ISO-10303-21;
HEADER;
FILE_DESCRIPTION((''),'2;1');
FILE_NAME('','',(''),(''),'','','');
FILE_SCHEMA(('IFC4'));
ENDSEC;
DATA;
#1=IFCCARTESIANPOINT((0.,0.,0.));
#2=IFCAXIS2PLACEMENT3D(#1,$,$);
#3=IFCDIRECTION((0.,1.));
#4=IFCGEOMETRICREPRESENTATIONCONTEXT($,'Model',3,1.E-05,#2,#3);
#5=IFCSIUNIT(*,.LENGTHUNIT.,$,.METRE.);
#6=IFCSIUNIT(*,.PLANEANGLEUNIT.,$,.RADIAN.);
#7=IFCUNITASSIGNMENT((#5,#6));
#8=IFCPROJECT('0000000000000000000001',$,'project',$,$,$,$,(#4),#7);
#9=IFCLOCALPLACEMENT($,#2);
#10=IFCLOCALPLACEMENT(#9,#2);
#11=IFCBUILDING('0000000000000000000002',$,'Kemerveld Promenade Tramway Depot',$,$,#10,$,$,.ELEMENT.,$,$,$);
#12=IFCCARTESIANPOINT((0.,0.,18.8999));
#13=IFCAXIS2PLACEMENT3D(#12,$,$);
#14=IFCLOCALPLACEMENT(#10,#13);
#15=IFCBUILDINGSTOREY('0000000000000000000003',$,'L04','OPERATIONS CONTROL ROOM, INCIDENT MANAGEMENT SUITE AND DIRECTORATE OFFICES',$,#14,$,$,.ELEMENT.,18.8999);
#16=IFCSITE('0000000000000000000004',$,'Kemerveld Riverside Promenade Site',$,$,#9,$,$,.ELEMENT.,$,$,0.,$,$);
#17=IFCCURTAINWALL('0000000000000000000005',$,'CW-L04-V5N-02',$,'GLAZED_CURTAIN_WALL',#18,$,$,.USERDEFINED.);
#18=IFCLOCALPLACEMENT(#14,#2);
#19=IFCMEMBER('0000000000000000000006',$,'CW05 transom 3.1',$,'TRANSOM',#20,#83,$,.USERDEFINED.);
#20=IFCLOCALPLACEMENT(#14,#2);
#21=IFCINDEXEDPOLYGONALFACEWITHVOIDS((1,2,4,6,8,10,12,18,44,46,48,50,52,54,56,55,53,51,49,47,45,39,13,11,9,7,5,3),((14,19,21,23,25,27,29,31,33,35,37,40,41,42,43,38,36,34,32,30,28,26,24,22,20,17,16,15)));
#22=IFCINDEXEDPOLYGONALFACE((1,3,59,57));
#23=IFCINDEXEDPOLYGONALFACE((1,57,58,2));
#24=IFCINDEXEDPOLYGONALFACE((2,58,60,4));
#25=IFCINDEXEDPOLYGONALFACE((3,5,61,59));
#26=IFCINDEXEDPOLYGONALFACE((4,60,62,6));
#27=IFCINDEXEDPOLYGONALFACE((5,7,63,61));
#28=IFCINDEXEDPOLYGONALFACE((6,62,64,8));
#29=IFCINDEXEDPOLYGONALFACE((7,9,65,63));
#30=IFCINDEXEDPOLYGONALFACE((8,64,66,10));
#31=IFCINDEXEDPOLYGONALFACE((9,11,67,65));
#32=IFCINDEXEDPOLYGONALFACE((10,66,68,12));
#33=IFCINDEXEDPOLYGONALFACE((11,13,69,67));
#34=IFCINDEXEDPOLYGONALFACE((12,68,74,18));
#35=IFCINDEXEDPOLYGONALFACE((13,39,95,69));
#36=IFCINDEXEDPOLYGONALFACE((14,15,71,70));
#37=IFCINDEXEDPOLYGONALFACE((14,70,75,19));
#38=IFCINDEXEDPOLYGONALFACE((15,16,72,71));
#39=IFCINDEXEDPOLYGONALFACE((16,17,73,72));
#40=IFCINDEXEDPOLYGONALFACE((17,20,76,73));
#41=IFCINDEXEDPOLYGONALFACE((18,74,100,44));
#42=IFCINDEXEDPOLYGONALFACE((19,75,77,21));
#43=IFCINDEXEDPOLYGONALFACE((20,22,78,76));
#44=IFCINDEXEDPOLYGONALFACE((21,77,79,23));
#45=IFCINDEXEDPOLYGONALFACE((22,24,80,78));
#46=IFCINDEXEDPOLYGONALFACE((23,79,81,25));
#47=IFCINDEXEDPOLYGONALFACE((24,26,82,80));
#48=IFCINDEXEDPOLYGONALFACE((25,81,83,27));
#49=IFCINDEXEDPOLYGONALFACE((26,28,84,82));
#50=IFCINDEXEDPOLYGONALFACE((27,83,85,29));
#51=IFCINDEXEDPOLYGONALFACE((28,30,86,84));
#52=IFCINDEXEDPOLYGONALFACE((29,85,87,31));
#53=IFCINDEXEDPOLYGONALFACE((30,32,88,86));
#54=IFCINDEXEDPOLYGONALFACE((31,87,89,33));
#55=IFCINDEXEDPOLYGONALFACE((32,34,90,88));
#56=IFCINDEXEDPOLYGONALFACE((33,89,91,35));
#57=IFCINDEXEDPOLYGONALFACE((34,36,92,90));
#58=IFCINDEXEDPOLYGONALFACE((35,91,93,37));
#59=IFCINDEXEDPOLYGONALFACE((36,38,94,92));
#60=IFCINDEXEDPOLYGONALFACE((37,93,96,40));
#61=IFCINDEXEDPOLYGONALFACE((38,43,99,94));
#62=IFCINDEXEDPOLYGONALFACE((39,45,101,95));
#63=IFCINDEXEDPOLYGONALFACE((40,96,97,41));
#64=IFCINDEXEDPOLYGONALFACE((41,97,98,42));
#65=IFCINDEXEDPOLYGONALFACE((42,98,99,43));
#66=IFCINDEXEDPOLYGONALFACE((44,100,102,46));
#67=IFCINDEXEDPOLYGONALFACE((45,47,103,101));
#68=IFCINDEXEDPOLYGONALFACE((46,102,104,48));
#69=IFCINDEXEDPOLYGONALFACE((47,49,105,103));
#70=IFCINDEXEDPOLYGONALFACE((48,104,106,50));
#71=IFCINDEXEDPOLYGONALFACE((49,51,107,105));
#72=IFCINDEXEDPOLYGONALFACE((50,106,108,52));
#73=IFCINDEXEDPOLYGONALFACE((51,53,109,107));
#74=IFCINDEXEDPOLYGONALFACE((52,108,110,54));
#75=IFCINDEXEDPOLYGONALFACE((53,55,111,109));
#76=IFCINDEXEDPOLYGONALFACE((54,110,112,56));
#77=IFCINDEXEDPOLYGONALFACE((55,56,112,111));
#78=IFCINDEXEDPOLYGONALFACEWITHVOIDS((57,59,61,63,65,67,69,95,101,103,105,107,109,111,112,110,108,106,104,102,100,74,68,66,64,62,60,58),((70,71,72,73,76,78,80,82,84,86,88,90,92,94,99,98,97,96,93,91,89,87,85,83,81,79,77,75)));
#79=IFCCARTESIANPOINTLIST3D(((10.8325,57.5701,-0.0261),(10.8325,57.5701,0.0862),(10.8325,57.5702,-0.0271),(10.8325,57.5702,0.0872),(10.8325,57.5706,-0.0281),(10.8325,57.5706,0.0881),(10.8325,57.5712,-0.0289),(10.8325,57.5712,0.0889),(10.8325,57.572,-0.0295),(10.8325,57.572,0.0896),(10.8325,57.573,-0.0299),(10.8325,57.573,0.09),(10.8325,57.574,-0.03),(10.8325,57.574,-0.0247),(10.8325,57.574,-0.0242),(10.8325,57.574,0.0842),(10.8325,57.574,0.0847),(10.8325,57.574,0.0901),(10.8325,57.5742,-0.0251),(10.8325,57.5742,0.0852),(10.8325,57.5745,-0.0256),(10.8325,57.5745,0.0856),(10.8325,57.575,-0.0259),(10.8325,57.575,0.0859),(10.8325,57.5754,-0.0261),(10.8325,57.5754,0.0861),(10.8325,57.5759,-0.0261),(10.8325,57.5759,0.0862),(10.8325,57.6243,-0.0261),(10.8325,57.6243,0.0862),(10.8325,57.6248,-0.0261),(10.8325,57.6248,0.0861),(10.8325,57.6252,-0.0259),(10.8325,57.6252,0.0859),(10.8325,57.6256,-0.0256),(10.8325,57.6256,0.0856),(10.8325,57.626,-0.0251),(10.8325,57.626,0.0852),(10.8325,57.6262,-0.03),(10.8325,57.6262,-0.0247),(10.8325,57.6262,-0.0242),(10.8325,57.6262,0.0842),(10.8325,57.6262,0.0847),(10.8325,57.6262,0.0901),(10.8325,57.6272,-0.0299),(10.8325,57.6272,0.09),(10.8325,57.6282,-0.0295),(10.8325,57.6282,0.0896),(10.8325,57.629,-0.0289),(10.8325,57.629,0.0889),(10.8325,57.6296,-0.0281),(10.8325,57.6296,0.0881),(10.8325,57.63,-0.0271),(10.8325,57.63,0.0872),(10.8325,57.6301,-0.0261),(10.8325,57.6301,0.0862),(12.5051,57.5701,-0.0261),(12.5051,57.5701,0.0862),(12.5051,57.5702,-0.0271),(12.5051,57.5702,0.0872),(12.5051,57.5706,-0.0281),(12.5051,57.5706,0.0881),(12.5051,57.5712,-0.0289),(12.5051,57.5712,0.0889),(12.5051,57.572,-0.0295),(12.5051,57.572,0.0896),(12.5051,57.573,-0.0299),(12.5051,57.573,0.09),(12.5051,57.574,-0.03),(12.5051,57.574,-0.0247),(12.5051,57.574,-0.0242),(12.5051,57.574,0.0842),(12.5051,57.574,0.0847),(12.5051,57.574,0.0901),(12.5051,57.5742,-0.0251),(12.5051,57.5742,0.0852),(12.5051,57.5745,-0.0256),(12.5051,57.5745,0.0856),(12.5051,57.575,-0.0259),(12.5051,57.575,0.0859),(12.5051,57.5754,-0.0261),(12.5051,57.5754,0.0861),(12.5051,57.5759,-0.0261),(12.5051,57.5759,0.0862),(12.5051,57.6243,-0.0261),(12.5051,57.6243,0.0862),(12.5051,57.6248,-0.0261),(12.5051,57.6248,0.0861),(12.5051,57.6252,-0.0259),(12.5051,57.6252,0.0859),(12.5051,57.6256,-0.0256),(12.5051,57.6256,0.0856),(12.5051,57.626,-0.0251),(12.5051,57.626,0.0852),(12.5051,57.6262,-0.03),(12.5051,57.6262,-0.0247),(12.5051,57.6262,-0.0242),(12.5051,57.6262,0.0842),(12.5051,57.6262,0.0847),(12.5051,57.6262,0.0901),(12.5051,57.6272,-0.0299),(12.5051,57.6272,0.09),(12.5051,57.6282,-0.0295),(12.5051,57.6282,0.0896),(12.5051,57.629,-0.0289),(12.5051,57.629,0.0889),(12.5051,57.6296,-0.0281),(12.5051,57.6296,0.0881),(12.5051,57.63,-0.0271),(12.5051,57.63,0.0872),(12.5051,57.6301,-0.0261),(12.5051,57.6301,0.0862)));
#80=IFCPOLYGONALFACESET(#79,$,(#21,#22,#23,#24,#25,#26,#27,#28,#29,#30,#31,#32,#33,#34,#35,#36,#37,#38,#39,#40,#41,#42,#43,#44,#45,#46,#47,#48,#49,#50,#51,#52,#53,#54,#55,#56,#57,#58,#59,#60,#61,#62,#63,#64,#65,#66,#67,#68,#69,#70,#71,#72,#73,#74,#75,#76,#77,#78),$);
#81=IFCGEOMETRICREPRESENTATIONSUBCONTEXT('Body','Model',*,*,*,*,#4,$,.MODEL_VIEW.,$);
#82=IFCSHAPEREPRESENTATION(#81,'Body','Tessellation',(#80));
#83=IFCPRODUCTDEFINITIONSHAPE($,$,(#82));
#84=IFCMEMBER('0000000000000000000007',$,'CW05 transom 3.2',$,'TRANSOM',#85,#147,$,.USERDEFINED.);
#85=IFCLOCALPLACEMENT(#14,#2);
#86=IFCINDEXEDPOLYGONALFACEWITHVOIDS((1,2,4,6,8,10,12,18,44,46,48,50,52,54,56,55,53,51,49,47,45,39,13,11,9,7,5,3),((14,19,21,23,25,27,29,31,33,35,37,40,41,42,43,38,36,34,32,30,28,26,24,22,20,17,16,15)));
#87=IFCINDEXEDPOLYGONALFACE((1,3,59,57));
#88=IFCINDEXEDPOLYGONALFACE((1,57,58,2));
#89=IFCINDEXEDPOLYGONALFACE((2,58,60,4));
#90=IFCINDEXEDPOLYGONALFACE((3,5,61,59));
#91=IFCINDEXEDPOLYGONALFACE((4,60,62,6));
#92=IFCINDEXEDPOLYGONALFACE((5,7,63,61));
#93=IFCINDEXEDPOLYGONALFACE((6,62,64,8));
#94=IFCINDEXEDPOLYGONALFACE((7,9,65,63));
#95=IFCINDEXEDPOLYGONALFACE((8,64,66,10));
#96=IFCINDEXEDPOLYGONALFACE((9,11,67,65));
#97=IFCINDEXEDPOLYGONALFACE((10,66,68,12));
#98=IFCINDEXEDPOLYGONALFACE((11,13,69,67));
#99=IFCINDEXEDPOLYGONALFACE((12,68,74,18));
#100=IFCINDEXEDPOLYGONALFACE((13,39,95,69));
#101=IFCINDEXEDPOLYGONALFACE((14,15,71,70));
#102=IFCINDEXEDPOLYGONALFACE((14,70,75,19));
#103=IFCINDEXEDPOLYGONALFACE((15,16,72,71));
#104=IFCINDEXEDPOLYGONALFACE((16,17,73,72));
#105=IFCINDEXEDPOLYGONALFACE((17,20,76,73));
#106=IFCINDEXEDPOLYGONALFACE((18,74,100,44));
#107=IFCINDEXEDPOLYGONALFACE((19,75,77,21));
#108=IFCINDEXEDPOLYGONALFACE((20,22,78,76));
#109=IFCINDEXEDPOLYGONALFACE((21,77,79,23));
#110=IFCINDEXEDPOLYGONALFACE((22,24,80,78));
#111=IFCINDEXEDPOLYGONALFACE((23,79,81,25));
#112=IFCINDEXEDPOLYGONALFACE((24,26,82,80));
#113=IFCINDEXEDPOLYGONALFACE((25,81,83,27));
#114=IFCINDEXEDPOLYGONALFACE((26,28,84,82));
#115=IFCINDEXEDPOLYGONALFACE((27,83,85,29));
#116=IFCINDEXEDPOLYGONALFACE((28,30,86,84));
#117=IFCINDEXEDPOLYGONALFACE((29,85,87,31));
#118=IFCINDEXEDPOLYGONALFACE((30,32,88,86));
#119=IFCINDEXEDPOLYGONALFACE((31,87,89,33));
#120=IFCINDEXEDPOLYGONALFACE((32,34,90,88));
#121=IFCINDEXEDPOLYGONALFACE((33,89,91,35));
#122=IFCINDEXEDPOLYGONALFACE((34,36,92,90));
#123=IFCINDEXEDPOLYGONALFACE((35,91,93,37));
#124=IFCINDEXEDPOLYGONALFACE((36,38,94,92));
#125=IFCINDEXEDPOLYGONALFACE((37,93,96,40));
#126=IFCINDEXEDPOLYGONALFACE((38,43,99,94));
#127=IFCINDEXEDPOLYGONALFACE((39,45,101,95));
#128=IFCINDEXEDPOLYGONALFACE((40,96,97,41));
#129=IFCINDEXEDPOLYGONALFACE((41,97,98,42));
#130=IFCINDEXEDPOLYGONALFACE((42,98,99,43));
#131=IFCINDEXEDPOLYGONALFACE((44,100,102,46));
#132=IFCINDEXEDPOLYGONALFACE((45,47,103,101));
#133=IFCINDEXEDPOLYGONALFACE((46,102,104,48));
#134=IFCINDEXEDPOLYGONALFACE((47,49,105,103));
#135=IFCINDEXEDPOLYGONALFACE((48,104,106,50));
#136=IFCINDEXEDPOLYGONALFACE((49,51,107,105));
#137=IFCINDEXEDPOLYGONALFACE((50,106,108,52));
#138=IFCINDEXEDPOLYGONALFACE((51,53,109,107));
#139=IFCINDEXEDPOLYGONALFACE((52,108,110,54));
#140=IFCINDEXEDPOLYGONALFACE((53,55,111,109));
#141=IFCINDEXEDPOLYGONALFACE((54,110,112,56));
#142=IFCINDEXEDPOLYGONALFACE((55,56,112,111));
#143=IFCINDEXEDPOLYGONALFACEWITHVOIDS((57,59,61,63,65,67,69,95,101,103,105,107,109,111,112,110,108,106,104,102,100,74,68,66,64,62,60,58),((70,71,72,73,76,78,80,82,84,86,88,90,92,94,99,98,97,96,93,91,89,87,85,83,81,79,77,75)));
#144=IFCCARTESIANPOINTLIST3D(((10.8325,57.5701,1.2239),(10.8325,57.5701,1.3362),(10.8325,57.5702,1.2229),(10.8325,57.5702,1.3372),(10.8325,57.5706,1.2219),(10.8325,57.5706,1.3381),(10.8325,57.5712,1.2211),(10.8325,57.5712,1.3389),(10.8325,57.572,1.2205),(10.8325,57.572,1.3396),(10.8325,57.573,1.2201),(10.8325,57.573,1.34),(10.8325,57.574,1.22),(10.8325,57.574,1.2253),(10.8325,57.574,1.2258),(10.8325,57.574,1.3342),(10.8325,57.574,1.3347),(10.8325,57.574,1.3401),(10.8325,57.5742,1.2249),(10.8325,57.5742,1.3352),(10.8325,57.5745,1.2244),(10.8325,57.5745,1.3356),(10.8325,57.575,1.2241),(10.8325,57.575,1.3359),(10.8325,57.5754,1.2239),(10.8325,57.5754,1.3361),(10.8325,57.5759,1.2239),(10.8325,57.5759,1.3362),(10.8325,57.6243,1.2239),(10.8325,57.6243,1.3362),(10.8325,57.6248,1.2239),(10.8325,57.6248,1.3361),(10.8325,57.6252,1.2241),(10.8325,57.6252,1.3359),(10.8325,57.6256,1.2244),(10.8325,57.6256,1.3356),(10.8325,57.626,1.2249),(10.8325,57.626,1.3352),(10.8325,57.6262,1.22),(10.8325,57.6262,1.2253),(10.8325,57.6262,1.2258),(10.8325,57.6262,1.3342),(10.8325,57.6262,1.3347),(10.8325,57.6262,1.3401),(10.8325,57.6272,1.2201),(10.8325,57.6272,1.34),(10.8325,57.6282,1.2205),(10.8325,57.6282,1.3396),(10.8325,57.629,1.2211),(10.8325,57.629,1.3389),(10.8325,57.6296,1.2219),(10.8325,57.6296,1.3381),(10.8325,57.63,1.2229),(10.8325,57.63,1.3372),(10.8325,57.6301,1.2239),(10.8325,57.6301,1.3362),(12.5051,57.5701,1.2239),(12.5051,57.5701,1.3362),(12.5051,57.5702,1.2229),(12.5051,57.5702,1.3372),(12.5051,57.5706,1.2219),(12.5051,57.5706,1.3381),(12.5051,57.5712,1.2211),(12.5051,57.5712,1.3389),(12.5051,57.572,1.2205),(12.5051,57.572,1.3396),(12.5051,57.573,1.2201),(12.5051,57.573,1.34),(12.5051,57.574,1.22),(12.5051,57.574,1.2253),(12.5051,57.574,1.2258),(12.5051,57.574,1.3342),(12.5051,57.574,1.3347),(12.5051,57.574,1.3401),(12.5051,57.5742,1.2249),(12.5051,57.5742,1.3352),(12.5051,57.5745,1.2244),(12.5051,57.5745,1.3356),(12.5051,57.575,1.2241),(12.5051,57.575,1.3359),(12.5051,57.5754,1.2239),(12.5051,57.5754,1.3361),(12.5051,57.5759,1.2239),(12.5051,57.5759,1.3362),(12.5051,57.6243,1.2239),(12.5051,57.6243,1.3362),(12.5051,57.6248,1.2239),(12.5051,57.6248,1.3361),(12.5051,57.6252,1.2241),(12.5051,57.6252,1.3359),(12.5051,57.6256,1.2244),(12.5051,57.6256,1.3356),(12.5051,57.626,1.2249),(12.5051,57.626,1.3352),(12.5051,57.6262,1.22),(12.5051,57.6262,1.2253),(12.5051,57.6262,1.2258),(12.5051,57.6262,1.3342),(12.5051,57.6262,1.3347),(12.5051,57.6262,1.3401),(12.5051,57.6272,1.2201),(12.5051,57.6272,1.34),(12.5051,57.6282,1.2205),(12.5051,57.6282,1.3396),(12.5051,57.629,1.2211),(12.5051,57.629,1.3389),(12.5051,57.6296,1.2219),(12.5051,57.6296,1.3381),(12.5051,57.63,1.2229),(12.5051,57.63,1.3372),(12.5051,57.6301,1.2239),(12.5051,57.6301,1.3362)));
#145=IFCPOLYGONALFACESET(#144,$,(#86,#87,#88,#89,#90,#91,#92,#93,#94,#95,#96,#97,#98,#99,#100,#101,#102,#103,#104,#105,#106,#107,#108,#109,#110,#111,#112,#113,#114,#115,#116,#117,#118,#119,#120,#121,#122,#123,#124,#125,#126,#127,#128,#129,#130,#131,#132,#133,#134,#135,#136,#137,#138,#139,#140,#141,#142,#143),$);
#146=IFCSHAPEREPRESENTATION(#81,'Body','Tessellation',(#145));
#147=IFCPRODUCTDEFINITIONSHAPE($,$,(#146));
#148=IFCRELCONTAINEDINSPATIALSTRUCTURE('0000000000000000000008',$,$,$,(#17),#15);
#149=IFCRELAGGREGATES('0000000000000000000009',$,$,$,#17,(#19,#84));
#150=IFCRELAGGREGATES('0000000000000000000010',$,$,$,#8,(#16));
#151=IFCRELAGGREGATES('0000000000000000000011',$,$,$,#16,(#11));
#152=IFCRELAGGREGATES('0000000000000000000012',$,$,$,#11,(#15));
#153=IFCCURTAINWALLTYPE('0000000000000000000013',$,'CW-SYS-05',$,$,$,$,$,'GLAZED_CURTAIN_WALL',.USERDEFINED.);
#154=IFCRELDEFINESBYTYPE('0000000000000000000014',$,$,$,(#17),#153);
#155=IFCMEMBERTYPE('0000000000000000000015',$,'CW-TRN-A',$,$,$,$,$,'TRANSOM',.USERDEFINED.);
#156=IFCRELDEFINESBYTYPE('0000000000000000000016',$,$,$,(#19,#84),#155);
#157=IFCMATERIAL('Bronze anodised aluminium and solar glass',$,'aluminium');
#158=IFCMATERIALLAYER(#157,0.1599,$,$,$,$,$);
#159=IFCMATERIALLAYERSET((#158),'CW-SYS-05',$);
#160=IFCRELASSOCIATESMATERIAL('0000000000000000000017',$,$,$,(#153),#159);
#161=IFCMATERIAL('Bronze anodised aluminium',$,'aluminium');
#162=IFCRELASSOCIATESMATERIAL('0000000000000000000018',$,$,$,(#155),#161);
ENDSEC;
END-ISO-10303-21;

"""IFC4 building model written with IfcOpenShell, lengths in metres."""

from ifc_helpers import new_model, si_unit, direction, frame, origin, origin_2d, place, context, subcontext, project, spatial, hollow_rectangle, extrude, material, layer, layer_set, material_profile, profile_set, type_object, element, aggregate, save


model = new_model("IFC4")

# Units and contexts
model_context = context("Model", 3, precision=1e-05, world=origin(), true_north=direction((0.0, 1.0)))
body_context = subcontext(model_context, "Body", "Model", "MODEL_VIEW")
ifc_project = project(units=[si_unit("LENGTHUNIT", "METRE"), si_unit("PLANEANGLEUNIT", "RADIAN")], contexts=[model_context])

# Site, building, storey
site_placement = place(None, origin())
site = spatial("IfcSite", under=ifc_project, at=site_placement, Name="Kemerveld Riverside Promenade Site", CompositionType="ELEMENT", RefElevation=0.0)
building_placement = place(site_placement, origin())
building = spatial("IfcBuilding", under=site, at=building_placement, Name="Kemerveld Promenade Tramway Depot", CompositionType="ELEMENT")
storey_placement = place(building_placement, frame((0.0, 0.0, 18.8999)))
storey = spatial("IfcBuildingStorey", under=building, at=storey_placement, Name="L04", Description="OPERATIONS CONTROL ROOM, INCIDENT MANAGEMENT SUITE AND DIRECTORATE OFFICES", CompositionType="ELEMENT", Elevation=18.8999)

# Curtain wall, members
ifc_material_1 = material(Name="Bronze anodised aluminium and solar glass", Category="aluminium")
ifc_layer_1 = layer(ifc_material_1, 0.1599)
ifc_layer_set_1 = layer_set([ifc_layer_1], Name="CW-SYS-05")
curtain_wall_type = type_object("IfcCurtainWallType", Name="CW-SYS-05", ElementType="GLAZED_CURTAIN_WALL", PredefinedType="USERDEFINED", material=ifc_layer_set_1)
curtain_wall_placement = place(storey_placement, origin())
curtain_wall = element("IfcCurtainWall", 1, at=curtain_wall_placement, inside=storey, type_object=curtain_wall_type, Name="CW-L04-V5N-02", ObjectType="GLAZED_CURTAIN_WALL", PredefinedType="USERDEFINED")
ifc_material_2 = material(Name="Bronze anodised aluminium", Category="aluminium")
ifc_material_profile_1 = material_profile(ifc_material_2, hollow_rectangle(XDim=0.0601, YDim=0.1201, WallThickness=0.0039, InnerFilletRadius=0.002, OuterFilletRadius=0.0039, at=origin_2d()), Name="CW-TRN-120x60")
ifc_profile_set_1 = profile_set([ifc_material_profile_1], Name="Bronze anodised aluminium")
member_type_1 = type_object("IfcMemberType", Name="CW-TRN-A", ElementType="TRANSOM", PredefinedType="USERDEFINED", material=ifc_profile_set_1)
member_1_placement = place(storey_placement, frame((10.8325, 57.6001, 0.03), z_axis=(1.0, 0.0, 0.0), x_axis=(0.0, 1.0, 0.0)))
member_1 = element("IfcMember", 2, at=member_1_placement, type_object=member_type_1, Name="CW05 transom 3.1", ObjectType="TRANSOM", PredefinedType="USERDEFINED", context=body_context, shape_type="SweptSolid", body=[
    extrude(hollow_rectangle(XDim=0.0601, YDim=0.1201, WallThickness=0.0039, InnerFilletRadius=0.002, OuterFilletRadius=0.0039, at=origin_2d()), origin(), (0.0, 0.0, 1.0), 1.6726),
])
member_2_placement = place(storey_placement, frame((10.8325, 57.6001, 1.28), z_axis=(1.0, 0.0, 0.0), x_axis=(0.0, 1.0, 0.0)))
member_2 = element("IfcMember", 3, at=member_2_placement, type_object=member_type_1, Name="CW05 transom 3.2", ObjectType="TRANSOM", PredefinedType="USERDEFINED", context=body_context, shape_type="SweptSolid", body=[
    extrude(hollow_rectangle(XDim=0.0601, YDim=0.1201, WallThickness=0.0039, InnerFilletRadius=0.002, OuterFilletRadius=0.0039, at=origin_2d()), origin(), (0.0, 0.0, 1.0), 1.6726),
])

aggregate(curtain_wall, [member_1, member_2])

save(model, "model.ifc")
